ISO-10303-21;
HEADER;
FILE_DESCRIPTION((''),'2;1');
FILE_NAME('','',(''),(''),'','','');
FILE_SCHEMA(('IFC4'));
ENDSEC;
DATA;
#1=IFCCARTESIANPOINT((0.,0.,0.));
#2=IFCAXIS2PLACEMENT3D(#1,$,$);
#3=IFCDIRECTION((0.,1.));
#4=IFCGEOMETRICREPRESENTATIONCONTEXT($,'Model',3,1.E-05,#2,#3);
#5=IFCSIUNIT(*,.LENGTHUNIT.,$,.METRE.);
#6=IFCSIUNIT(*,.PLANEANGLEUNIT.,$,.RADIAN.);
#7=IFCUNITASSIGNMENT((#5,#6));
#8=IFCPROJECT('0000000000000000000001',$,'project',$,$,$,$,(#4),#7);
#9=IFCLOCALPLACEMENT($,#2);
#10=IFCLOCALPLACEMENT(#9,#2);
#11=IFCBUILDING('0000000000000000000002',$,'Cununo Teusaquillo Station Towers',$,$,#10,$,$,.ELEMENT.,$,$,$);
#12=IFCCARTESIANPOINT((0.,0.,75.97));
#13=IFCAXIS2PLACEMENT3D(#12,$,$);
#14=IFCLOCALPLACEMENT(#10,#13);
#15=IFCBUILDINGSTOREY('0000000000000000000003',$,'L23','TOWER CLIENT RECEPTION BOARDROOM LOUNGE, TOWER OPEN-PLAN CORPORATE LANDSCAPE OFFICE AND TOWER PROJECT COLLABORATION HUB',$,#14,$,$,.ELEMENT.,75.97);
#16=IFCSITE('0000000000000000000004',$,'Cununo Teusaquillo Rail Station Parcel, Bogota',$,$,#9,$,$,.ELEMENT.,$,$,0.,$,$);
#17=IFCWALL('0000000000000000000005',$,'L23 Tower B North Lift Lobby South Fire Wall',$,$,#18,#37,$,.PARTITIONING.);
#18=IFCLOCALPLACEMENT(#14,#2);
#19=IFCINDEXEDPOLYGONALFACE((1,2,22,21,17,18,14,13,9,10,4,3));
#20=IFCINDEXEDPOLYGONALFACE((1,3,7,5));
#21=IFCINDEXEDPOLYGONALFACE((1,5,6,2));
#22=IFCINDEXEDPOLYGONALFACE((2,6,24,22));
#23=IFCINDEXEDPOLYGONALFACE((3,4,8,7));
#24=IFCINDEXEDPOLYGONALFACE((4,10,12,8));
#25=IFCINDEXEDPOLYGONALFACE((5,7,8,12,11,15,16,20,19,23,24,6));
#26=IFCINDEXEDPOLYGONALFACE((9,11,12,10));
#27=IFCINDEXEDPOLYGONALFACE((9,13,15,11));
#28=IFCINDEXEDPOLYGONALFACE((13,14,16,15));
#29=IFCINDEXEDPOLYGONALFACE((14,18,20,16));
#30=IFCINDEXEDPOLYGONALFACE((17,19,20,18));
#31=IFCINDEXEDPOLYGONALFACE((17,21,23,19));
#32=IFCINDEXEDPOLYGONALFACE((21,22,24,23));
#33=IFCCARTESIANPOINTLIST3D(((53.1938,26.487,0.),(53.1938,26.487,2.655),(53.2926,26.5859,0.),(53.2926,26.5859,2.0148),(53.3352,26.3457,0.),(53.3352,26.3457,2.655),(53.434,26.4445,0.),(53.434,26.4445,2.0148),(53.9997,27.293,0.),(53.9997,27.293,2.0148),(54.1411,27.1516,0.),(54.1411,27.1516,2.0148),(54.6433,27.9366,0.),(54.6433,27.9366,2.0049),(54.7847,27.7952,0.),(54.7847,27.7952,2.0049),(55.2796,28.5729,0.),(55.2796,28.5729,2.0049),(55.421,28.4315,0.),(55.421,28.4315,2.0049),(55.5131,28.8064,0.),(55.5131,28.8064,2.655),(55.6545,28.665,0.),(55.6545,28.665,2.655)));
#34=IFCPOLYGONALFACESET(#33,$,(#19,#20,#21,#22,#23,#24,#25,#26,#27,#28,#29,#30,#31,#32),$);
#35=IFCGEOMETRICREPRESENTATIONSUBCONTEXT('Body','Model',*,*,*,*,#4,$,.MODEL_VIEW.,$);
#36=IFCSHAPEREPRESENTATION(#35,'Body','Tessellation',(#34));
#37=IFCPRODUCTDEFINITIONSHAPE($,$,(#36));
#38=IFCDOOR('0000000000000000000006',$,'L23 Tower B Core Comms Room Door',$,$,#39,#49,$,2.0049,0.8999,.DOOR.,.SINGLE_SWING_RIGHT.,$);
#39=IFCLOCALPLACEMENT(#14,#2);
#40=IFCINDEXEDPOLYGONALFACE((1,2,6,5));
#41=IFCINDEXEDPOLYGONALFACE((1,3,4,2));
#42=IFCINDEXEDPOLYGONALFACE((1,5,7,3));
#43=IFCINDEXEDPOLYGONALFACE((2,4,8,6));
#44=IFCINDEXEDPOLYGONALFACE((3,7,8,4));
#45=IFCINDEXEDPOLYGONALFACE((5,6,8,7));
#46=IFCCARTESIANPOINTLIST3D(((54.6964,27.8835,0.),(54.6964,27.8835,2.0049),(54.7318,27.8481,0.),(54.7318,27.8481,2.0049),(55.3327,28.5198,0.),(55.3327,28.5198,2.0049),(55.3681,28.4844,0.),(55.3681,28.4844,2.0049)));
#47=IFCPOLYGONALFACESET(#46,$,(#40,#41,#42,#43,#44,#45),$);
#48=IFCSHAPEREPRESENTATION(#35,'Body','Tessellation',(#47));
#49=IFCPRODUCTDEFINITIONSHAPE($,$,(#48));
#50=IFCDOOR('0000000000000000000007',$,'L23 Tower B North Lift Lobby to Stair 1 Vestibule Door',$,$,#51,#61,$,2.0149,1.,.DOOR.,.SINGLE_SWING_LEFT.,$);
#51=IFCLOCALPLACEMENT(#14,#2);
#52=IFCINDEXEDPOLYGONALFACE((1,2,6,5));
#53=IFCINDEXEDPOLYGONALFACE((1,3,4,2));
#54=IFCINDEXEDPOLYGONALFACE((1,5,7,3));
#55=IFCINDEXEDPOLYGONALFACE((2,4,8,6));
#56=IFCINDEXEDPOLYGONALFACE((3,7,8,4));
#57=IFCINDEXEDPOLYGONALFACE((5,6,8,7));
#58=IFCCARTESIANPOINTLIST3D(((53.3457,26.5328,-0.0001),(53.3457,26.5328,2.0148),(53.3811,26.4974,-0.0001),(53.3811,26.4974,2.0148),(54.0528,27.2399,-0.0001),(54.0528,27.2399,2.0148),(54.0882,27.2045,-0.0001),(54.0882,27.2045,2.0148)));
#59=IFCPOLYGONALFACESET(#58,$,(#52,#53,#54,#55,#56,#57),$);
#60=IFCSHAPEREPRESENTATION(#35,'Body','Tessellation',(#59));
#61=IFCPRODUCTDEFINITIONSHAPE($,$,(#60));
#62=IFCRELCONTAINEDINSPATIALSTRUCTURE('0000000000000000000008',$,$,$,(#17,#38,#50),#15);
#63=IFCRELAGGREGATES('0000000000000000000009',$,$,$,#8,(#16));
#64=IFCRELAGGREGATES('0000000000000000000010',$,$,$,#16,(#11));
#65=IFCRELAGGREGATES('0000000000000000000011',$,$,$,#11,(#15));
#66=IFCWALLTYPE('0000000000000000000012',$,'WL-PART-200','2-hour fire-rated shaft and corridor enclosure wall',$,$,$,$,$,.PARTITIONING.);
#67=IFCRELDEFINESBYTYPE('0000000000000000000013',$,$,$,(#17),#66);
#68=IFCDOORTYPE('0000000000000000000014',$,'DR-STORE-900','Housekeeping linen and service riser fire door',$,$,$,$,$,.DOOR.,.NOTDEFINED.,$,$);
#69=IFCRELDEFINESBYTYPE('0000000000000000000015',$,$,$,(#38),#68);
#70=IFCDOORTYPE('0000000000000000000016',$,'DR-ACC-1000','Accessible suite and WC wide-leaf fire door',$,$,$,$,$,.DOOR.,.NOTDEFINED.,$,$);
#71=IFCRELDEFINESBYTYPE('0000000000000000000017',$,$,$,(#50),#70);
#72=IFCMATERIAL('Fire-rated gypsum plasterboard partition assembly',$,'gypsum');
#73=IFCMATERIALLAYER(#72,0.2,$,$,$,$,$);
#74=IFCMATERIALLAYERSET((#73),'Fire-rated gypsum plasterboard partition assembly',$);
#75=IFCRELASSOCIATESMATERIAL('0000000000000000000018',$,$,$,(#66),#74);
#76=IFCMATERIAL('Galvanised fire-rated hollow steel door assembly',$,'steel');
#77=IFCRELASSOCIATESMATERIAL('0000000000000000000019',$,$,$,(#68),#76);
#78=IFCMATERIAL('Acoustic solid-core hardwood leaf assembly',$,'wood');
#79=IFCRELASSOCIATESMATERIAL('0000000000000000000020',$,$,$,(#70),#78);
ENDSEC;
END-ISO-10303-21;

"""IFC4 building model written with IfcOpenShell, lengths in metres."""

from ifc_helpers import new_model, si_unit, direction, frame, frame_2d, origin, place, context, subcontext, project, spatial, rectangle, extrude, source, transform, mapped, material, layer, layer_set, type_object, element, fill, save


model = new_model("IFC4")

# Units and contexts
model_context = context("Model", 3, precision=1e-05, world=origin(), true_north=direction((0.0, 1.0)))
body_context = subcontext(model_context, "Body", "Model", "MODEL_VIEW")
ifc_project = project(units=[si_unit("LENGTHUNIT", "METRE"), si_unit("PLANEANGLEUNIT", "RADIAN")], contexts=[model_context])

# Site, building, storey
site_placement = place(None, origin())
site = spatial("IfcSite", under=ifc_project, at=site_placement, Name="Cununo Teusaquillo Rail Station Parcel, Bogota", CompositionType="ELEMENT", RefElevation=0.0)
building_placement = place(site_placement, origin())
building = spatial("IfcBuilding", under=site, at=building_placement, Name="Cununo Teusaquillo Station Towers", CompositionType="ELEMENT")
storey_placement = place(building_placement, frame((0.0, 0.0, 75.97)))
storey = spatial("IfcBuildingStorey", under=building, at=storey_placement, Name="L23", Description="TOWER CLIENT RECEPTION BOARDROOM LOUNGE, TOWER OPEN-PLAN CORPORATE LANDSCAPE OFFICE AND TOWER PROJECT COLLABORATION HUB", CompositionType="ELEMENT", Elevation=75.97)

# Wall, openings, doors
ifc_material_1 = material(Name="Fire-rated gypsum plasterboard partition assembly", Category="gypsum")
ifc_layer_1 = layer(ifc_material_1, 0.2)
ifc_layer_set_1 = layer_set([ifc_layer_1], Name="Fire-rated gypsum plasterboard partition assembly")
wall_type_1 = type_object("IfcWallType", Name="WL-PART-200", Description="2-hour fire-rated shaft and corridor enclosure wall", PredefinedType="PARTITIONING", material=ifc_layer_set_1)
wall_1_placement = place(storey_placement, frame((53.2644, 26.4163, 0.0), z_axis=(0.0, 0.0, 1.0), x_axis=(0.707107, 0.707107, 0.0)))
wall_1 = element("IfcWall", 1, at=wall_1_placement, inside=storey, type_object=wall_type_1, Name="L23 Tower B North Lift Lobby South Fire Wall", PredefinedType="PARTITIONING", context=body_context, shape_type="SweptSolid", body=[
    extrude(rectangle(XDim=3.28, YDim=0.2, at=frame_2d((1.6401, 0.0))), origin(), (0.0, 0.0, 1.0), 2.655),
])
shared_shape_1 = source(origin(), body_context, "Body", "SweptSolid", [
    extrude(rectangle(XDim=1.0, YDim=2.0149, at=frame_2d((0.5, 1.0073))), frame((0.0, 0.1099, 0.0), z_axis=(0.0, -1.0, 0.0), x_axis=(1.0, 0.0, 0.0)), (0.0, 0.0, 1.0), 0.22),
])
opening_1_placement = place(wall_1_placement, frame((0.1399, 0.0, 0.0)))
opening_1 = element("IfcOpeningElement", 2, at=opening_1_placement, cuts=wall_1, PredefinedType="OPENING", context=body_context, shape_type="MappedRepresentation", body=[
    mapped(shared_shape_1, transform((0.0, 0.0, 0.0), x_axis=(1.0, 0.0, 0.0), y_axis=(0.0, 1.0, 0.0), z_axis=(0.0, 0.0, 1.0), scale=1.0)),
])
shared_shape_2 = source(origin(), body_context, "Body", "SweptSolid", [
    extrude(rectangle(XDim=0.8999, YDim=2.0049, at=frame_2d((0.45, 1.0024))), frame((0.0, 0.1099, 0.0), z_axis=(0.0, -1.0, 0.0), x_axis=(1.0, 0.0, 0.0)), (0.0, 0.0, 1.0), 0.22),
])
opening_2_placement = place(wall_1_placement, frame((2.05, 0.0, 0.0)))
opening_2 = element("IfcOpeningElement", 3, at=opening_2_placement, cuts=wall_1, PredefinedType="OPENING", context=body_context, shape_type="MappedRepresentation", body=[
    mapped(shared_shape_2, transform((0.0, 0.0, 0.0), x_axis=(1.0, 0.0, 0.0), y_axis=(0.0, 1.0, 0.0), z_axis=(0.0, 0.0, 1.0), scale=1.0)),
])
ifc_material_2 = material(Name="Galvanised fire-rated hollow steel door assembly", Category="steel")
door_type_1 = type_object("IfcDoorType", Name="DR-STORE-900", Description="Housekeeping linen and service riser fire door", OperationType="NOTDEFINED", PredefinedType="DOOR", material=ifc_material_2)
shared_shape_3 = source(origin(), body_context, "Body", "SweptSolid", [
    extrude(rectangle(XDim=0.8999, YDim=2.0049, at=frame_2d((0.45, 1.0024))), frame((0.0, 0.0249, 0.0), z_axis=(0.0, -1.0, 0.0), x_axis=(1.0, 0.0, 0.0)), (0.0, 0.0, 1.0), 0.05),
])
door_1_placement = place(opening_2_placement, origin())
door_1 = element("IfcDoor", 4, at=door_1_placement, inside=storey, type_object=door_type_1, Name="L23 Tower B Core Comms Room Door", OperationType="SINGLE_SWING_RIGHT", OverallHeight=2.0049, OverallWidth=0.8999, PredefinedType="DOOR", context=body_context, shape_type="MappedRepresentation", body=[
    mapped(shared_shape_3, transform((0.0, 0.0, 0.0), x_axis=(1.0, 0.0, 0.0), y_axis=(0.0, 1.0, 0.0), z_axis=(0.0, 0.0, 1.0), scale=1.0)),
])
fill(opening_2, door_1)
ifc_material_3 = material(Name="Acoustic solid-core hardwood leaf assembly", Category="wood")
door_type_2 = type_object("IfcDoorType", Name="DR-ACC-1000", Description="Accessible suite and WC wide-leaf fire door", OperationType="NOTDEFINED", PredefinedType="DOOR", material=ifc_material_3)
shared_shape_4 = source(origin(), body_context, "Body", "SweptSolid", [
    extrude(rectangle(XDim=1.0, YDim=2.0149, at=frame_2d((0.5, 1.0073))), frame((0.0, 0.0249, 0.0), z_axis=(0.0, -1.0, 0.0), x_axis=(1.0, 0.0, 0.0)), (0.0, 0.0, 1.0), 0.05),
])
door_2_placement = place(opening_1_placement, origin())
door_2 = element("IfcDoor", 5, at=door_2_placement, inside=storey, type_object=door_type_2, Name="L23 Tower B North Lift Lobby to Stair 1 Vestibule Door", OperationType="SINGLE_SWING_LEFT", OverallHeight=2.0149, OverallWidth=1.0, PredefinedType="DOOR", context=body_context, shape_type="MappedRepresentation", body=[
    mapped(shared_shape_4, transform((0.0, 0.0, 0.0), x_axis=(1.0, 0.0, 0.0), y_axis=(0.0, 1.0, 0.0), z_axis=(0.0, 0.0, 1.0), scale=1.0)),
])
fill(opening_1, door_2)

save(model, "model.ifc")
